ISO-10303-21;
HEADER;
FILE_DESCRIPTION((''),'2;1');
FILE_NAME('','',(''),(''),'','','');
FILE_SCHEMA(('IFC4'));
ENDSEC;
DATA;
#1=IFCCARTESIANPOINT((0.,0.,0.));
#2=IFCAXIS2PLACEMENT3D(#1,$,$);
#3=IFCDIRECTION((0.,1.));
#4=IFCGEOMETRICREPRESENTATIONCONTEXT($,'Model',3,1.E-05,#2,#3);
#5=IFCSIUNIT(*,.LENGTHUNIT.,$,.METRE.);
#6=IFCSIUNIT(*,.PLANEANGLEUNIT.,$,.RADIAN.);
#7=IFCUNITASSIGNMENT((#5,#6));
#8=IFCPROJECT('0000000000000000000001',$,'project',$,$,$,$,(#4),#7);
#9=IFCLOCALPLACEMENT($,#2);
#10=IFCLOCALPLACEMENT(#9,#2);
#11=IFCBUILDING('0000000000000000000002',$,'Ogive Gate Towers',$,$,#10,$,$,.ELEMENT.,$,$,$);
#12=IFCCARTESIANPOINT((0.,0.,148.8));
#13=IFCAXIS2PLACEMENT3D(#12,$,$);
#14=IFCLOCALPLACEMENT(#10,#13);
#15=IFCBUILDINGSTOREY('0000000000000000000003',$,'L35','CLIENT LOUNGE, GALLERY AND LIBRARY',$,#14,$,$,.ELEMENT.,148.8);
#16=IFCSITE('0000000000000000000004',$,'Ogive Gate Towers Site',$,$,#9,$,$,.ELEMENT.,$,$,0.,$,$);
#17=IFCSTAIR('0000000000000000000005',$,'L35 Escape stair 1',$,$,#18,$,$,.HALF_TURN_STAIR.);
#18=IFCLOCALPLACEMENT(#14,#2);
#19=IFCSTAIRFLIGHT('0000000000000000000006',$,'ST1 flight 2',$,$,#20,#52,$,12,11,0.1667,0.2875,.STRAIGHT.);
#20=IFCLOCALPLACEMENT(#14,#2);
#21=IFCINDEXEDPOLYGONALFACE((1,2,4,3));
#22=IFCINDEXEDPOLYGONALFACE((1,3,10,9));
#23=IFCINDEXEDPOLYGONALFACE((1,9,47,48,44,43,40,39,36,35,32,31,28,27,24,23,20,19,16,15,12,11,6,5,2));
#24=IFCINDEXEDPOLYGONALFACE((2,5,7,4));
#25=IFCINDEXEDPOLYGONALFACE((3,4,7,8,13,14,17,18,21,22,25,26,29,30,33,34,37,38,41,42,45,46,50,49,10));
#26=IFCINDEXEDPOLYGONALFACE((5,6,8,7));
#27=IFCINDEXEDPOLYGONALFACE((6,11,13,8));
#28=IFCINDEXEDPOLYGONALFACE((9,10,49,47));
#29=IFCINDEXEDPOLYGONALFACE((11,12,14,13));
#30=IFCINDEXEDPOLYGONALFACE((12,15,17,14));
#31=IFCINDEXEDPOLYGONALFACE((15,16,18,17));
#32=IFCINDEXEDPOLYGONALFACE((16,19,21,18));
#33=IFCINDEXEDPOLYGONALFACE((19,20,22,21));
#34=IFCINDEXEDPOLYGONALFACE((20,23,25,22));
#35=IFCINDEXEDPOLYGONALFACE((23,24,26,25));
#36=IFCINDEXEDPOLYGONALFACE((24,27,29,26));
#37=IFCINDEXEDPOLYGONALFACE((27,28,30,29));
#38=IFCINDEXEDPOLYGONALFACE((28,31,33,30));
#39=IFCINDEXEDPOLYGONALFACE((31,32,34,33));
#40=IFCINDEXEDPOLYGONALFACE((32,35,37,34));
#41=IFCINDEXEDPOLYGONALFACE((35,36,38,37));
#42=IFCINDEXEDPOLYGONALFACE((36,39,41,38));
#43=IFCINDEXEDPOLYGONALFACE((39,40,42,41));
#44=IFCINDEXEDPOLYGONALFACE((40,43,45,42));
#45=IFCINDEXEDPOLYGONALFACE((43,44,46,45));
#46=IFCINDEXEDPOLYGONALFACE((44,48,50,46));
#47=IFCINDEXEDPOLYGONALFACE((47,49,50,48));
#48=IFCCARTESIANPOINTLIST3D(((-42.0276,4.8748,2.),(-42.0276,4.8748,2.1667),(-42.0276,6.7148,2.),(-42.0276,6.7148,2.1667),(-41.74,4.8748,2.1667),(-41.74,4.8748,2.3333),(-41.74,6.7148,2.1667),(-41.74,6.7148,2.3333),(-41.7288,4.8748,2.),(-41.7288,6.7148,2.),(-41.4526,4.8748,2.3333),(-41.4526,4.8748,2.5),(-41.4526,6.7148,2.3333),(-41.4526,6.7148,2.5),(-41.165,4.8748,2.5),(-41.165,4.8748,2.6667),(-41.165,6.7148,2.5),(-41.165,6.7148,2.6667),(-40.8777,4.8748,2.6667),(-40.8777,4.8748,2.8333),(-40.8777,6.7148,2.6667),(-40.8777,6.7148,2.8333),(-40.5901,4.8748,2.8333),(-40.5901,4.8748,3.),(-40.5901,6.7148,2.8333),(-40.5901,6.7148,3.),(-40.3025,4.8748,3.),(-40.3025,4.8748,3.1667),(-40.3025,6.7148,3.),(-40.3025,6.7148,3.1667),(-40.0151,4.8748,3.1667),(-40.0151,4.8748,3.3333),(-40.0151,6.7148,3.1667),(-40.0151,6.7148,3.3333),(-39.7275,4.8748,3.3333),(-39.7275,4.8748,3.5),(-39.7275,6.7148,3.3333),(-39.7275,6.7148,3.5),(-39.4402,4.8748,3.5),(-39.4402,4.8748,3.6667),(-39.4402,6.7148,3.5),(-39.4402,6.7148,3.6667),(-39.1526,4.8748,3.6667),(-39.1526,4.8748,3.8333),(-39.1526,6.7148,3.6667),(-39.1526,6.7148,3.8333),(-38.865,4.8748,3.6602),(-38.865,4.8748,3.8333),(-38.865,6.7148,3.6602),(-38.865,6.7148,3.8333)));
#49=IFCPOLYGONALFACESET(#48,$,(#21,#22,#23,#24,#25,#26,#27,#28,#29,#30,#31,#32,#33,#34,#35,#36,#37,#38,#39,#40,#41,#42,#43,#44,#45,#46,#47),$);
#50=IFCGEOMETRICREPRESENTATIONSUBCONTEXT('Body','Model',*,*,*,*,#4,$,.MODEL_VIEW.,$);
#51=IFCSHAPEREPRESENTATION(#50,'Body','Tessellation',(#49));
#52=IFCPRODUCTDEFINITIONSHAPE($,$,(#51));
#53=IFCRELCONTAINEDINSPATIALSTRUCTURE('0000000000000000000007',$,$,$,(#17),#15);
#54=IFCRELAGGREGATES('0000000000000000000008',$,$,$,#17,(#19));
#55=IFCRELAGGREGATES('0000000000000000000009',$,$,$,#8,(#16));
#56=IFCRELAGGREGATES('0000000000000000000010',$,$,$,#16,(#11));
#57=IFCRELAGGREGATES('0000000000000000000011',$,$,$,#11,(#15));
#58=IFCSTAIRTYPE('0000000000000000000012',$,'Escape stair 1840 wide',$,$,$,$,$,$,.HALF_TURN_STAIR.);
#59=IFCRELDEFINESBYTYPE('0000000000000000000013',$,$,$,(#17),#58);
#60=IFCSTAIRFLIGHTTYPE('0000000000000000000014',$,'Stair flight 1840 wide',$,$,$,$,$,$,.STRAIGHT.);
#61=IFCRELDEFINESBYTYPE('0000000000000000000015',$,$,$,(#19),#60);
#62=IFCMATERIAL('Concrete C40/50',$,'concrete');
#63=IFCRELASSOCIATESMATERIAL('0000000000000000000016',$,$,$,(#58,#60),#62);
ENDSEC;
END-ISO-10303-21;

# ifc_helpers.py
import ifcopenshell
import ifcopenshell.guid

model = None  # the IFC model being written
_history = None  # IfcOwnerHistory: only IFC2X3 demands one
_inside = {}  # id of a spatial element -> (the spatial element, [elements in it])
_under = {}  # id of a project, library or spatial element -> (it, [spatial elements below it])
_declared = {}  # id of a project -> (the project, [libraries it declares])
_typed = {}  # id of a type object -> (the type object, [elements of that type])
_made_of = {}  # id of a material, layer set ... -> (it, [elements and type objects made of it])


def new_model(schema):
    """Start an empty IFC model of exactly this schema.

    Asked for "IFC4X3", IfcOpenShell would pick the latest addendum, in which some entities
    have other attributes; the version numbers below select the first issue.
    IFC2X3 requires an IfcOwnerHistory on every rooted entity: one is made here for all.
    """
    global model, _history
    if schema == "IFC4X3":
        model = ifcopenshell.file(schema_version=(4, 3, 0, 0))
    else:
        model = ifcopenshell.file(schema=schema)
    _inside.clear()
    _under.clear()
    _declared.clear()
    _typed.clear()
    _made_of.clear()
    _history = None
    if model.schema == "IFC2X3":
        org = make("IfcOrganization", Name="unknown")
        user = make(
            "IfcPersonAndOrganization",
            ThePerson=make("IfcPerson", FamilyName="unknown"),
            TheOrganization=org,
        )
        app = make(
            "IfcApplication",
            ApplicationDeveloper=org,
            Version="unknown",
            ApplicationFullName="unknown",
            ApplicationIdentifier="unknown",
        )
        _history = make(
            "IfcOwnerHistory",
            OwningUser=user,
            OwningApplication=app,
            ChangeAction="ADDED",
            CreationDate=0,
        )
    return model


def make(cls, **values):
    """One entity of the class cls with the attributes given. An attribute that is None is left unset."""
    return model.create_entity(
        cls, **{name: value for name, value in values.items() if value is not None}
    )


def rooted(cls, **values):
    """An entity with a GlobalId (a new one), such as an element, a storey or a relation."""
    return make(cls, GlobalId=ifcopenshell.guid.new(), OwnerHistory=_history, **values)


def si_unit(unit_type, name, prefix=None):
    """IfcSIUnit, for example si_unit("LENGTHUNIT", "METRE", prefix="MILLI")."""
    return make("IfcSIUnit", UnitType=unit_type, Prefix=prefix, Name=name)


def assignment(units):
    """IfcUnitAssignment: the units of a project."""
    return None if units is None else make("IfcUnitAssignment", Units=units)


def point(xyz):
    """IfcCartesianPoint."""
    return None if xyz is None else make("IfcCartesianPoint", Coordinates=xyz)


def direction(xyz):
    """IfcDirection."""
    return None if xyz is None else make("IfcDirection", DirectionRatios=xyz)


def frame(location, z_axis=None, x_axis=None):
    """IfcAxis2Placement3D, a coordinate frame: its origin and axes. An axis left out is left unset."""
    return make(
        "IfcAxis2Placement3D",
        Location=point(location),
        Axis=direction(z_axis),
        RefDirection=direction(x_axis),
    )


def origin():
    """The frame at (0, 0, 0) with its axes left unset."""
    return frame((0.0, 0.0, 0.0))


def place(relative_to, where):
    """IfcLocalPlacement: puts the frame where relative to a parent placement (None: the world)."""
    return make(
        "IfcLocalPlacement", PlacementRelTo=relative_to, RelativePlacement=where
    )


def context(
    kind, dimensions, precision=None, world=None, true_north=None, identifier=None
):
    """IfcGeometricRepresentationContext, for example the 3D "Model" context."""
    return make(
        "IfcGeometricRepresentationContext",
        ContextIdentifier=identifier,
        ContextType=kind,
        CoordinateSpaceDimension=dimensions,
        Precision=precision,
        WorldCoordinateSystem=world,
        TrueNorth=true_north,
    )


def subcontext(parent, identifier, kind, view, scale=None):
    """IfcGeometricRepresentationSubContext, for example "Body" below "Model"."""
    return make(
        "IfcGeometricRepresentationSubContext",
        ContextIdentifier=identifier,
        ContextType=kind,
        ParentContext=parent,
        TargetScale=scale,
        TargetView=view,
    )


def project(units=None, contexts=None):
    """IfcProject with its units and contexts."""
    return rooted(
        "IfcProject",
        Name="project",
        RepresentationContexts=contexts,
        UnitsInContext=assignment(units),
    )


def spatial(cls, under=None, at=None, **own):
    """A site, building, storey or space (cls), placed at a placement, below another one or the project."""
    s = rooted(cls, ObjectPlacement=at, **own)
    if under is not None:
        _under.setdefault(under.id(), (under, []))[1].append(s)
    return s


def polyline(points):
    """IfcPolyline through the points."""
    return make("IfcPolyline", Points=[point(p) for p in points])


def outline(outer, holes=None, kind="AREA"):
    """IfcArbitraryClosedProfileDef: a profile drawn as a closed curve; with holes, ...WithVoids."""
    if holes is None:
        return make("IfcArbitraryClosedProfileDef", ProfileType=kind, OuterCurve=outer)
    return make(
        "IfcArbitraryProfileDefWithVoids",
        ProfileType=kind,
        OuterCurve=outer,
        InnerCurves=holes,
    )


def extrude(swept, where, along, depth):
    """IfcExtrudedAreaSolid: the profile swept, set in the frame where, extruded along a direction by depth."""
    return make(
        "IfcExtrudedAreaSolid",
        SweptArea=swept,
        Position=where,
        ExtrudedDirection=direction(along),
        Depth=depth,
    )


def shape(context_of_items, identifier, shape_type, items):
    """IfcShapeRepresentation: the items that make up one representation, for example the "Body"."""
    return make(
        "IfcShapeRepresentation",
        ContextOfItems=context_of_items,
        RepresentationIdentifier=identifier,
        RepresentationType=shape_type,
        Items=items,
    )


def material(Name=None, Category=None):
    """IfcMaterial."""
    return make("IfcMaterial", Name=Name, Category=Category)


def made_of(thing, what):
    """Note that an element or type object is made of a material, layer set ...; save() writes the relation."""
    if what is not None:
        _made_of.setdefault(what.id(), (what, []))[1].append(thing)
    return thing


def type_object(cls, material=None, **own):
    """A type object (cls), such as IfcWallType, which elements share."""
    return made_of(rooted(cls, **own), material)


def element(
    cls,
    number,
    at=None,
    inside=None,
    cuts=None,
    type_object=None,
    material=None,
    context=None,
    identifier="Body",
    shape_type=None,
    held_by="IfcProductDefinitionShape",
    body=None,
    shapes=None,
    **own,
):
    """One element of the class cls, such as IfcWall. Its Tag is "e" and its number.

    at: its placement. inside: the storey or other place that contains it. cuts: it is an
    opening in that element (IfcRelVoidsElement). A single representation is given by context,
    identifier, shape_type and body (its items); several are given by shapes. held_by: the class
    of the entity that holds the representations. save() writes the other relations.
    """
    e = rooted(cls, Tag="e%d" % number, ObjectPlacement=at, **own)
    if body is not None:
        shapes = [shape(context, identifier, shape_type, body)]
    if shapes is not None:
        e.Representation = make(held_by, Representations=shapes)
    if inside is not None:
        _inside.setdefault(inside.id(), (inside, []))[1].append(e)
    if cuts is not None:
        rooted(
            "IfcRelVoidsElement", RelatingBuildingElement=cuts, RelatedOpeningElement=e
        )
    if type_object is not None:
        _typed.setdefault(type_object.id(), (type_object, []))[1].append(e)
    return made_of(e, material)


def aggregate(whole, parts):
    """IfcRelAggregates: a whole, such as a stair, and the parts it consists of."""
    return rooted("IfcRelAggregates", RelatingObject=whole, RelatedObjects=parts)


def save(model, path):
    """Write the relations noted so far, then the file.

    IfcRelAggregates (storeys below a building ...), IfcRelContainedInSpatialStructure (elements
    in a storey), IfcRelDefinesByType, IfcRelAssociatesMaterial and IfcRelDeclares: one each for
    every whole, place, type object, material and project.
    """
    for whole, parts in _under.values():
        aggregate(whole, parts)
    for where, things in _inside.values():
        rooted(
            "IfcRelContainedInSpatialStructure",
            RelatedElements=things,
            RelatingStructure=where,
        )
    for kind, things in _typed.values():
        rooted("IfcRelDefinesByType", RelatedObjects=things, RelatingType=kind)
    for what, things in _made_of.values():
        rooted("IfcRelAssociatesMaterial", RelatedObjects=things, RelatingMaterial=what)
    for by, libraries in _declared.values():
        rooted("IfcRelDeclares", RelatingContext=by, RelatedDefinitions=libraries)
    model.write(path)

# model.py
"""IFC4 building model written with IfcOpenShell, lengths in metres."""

from ifc_helpers import new_model, si_unit, direction, frame, origin, place, context, subcontext, project, spatial, polyline, outline, extrude, material, type_object, element, aggregate, save


model = new_model("IFC4")

# Units and contexts
model_context = context("Model", 3, precision=1e-05, world=origin(), true_north=direction((0.0, 1.0)))
body_context = subcontext(model_context, "Body", "Model", "MODEL_VIEW")
ifc_project = project(units=[si_unit("LENGTHUNIT", "METRE"), si_unit("PLANEANGLEUNIT", "RADIAN")], contexts=[model_context])

# Site, building, storey
site_placement = place(None, origin())
site = spatial("IfcSite", under=ifc_project, at=site_placement, Name="Ogive Gate Towers Site", CompositionType="ELEMENT", RefElevation=0.0)
building_placement = place(site_placement, origin())
building = spatial("IfcBuilding", under=site, at=building_placement, Name="Ogive Gate Towers", CompositionType="ELEMENT")
storey_placement = place(building_placement, frame((0.0, 0.0, 148.8)))
storey = spatial("IfcBuildingStorey", under=building, at=storey_placement, Name="L35", Description="CLIENT LOUNGE, GALLERY AND LIBRARY", CompositionType="ELEMENT", Elevation=148.8)

# Stair, stair flight
ifc_material_1 = material(Name="Concrete C40/50", Category="concrete")
stair_type = type_object("IfcStairType", Name="Escape stair 1840 wide", PredefinedType="HALF_TURN_STAIR", material=ifc_material_1)
stair_placement = place(storey_placement, origin())
stair = element("IfcStair", 1, at=stair_placement, inside=storey, type_object=stair_type, Name="L35 Escape stair 1", PredefinedType="HALF_TURN_STAIR")
stair_flight_type = type_object("IfcStairFlightType", Name="Stair flight 1840 wide", PredefinedType="STRAIGHT", material=ifc_material_1)
stair_flight_1_placement = place(storey_placement, frame((-42.0276, 5.7949, 2.0), z_axis=(0.0, 0.0, 1.0), x_axis=(1.0, 0.0, 0.0)))
stair_flight_1 = element("IfcStairFlight", 2, at=stair_flight_1_placement, type_object=stair_flight_type, Name="ST1 flight 2", NumberOfRisers=12, NumberOfTreads=11, PredefinedType="STRAIGHT", RiserHeight=0.1667, TreadLength=0.2875, context=body_context, shape_type="SweptSolid", body=[
    extrude(outline(polyline([(0.0, 0.0), (0.0, 0.1667), (0.2876, 0.1667), (0.2876, 0.3333), (0.575, 0.3333), (0.575, 0.5), (0.8625, 0.5), (0.8625, 0.6667), (1.1499, 0.6667), (1.1499, 0.8333), (1.4375, 0.8333), (1.4375, 1.0), (1.7251, 1.0), (1.7251, 1.1667), (2.0125, 1.1667), (2.0125, 1.3333), (2.3, 1.3333), (2.3, 1.5), (2.5874, 1.5), (2.5874, 1.6667), (2.875, 1.6667), (2.875, 1.8333), (3.1626, 1.8333), (3.1626, 2.0), (3.1626, 1.6602), (0.2988, 0.0), (0.0, 0.0)])), frame((0.0, 0.9199, 0.0), z_axis=(0.0, -1.0, 0.0), x_axis=(1.0, 0.0, 0.0)), (0.0, 0.0, 1.0), 1.8401),
])
aggregate(stair, [stair_flight_1])

save(model, "model.ifc")
